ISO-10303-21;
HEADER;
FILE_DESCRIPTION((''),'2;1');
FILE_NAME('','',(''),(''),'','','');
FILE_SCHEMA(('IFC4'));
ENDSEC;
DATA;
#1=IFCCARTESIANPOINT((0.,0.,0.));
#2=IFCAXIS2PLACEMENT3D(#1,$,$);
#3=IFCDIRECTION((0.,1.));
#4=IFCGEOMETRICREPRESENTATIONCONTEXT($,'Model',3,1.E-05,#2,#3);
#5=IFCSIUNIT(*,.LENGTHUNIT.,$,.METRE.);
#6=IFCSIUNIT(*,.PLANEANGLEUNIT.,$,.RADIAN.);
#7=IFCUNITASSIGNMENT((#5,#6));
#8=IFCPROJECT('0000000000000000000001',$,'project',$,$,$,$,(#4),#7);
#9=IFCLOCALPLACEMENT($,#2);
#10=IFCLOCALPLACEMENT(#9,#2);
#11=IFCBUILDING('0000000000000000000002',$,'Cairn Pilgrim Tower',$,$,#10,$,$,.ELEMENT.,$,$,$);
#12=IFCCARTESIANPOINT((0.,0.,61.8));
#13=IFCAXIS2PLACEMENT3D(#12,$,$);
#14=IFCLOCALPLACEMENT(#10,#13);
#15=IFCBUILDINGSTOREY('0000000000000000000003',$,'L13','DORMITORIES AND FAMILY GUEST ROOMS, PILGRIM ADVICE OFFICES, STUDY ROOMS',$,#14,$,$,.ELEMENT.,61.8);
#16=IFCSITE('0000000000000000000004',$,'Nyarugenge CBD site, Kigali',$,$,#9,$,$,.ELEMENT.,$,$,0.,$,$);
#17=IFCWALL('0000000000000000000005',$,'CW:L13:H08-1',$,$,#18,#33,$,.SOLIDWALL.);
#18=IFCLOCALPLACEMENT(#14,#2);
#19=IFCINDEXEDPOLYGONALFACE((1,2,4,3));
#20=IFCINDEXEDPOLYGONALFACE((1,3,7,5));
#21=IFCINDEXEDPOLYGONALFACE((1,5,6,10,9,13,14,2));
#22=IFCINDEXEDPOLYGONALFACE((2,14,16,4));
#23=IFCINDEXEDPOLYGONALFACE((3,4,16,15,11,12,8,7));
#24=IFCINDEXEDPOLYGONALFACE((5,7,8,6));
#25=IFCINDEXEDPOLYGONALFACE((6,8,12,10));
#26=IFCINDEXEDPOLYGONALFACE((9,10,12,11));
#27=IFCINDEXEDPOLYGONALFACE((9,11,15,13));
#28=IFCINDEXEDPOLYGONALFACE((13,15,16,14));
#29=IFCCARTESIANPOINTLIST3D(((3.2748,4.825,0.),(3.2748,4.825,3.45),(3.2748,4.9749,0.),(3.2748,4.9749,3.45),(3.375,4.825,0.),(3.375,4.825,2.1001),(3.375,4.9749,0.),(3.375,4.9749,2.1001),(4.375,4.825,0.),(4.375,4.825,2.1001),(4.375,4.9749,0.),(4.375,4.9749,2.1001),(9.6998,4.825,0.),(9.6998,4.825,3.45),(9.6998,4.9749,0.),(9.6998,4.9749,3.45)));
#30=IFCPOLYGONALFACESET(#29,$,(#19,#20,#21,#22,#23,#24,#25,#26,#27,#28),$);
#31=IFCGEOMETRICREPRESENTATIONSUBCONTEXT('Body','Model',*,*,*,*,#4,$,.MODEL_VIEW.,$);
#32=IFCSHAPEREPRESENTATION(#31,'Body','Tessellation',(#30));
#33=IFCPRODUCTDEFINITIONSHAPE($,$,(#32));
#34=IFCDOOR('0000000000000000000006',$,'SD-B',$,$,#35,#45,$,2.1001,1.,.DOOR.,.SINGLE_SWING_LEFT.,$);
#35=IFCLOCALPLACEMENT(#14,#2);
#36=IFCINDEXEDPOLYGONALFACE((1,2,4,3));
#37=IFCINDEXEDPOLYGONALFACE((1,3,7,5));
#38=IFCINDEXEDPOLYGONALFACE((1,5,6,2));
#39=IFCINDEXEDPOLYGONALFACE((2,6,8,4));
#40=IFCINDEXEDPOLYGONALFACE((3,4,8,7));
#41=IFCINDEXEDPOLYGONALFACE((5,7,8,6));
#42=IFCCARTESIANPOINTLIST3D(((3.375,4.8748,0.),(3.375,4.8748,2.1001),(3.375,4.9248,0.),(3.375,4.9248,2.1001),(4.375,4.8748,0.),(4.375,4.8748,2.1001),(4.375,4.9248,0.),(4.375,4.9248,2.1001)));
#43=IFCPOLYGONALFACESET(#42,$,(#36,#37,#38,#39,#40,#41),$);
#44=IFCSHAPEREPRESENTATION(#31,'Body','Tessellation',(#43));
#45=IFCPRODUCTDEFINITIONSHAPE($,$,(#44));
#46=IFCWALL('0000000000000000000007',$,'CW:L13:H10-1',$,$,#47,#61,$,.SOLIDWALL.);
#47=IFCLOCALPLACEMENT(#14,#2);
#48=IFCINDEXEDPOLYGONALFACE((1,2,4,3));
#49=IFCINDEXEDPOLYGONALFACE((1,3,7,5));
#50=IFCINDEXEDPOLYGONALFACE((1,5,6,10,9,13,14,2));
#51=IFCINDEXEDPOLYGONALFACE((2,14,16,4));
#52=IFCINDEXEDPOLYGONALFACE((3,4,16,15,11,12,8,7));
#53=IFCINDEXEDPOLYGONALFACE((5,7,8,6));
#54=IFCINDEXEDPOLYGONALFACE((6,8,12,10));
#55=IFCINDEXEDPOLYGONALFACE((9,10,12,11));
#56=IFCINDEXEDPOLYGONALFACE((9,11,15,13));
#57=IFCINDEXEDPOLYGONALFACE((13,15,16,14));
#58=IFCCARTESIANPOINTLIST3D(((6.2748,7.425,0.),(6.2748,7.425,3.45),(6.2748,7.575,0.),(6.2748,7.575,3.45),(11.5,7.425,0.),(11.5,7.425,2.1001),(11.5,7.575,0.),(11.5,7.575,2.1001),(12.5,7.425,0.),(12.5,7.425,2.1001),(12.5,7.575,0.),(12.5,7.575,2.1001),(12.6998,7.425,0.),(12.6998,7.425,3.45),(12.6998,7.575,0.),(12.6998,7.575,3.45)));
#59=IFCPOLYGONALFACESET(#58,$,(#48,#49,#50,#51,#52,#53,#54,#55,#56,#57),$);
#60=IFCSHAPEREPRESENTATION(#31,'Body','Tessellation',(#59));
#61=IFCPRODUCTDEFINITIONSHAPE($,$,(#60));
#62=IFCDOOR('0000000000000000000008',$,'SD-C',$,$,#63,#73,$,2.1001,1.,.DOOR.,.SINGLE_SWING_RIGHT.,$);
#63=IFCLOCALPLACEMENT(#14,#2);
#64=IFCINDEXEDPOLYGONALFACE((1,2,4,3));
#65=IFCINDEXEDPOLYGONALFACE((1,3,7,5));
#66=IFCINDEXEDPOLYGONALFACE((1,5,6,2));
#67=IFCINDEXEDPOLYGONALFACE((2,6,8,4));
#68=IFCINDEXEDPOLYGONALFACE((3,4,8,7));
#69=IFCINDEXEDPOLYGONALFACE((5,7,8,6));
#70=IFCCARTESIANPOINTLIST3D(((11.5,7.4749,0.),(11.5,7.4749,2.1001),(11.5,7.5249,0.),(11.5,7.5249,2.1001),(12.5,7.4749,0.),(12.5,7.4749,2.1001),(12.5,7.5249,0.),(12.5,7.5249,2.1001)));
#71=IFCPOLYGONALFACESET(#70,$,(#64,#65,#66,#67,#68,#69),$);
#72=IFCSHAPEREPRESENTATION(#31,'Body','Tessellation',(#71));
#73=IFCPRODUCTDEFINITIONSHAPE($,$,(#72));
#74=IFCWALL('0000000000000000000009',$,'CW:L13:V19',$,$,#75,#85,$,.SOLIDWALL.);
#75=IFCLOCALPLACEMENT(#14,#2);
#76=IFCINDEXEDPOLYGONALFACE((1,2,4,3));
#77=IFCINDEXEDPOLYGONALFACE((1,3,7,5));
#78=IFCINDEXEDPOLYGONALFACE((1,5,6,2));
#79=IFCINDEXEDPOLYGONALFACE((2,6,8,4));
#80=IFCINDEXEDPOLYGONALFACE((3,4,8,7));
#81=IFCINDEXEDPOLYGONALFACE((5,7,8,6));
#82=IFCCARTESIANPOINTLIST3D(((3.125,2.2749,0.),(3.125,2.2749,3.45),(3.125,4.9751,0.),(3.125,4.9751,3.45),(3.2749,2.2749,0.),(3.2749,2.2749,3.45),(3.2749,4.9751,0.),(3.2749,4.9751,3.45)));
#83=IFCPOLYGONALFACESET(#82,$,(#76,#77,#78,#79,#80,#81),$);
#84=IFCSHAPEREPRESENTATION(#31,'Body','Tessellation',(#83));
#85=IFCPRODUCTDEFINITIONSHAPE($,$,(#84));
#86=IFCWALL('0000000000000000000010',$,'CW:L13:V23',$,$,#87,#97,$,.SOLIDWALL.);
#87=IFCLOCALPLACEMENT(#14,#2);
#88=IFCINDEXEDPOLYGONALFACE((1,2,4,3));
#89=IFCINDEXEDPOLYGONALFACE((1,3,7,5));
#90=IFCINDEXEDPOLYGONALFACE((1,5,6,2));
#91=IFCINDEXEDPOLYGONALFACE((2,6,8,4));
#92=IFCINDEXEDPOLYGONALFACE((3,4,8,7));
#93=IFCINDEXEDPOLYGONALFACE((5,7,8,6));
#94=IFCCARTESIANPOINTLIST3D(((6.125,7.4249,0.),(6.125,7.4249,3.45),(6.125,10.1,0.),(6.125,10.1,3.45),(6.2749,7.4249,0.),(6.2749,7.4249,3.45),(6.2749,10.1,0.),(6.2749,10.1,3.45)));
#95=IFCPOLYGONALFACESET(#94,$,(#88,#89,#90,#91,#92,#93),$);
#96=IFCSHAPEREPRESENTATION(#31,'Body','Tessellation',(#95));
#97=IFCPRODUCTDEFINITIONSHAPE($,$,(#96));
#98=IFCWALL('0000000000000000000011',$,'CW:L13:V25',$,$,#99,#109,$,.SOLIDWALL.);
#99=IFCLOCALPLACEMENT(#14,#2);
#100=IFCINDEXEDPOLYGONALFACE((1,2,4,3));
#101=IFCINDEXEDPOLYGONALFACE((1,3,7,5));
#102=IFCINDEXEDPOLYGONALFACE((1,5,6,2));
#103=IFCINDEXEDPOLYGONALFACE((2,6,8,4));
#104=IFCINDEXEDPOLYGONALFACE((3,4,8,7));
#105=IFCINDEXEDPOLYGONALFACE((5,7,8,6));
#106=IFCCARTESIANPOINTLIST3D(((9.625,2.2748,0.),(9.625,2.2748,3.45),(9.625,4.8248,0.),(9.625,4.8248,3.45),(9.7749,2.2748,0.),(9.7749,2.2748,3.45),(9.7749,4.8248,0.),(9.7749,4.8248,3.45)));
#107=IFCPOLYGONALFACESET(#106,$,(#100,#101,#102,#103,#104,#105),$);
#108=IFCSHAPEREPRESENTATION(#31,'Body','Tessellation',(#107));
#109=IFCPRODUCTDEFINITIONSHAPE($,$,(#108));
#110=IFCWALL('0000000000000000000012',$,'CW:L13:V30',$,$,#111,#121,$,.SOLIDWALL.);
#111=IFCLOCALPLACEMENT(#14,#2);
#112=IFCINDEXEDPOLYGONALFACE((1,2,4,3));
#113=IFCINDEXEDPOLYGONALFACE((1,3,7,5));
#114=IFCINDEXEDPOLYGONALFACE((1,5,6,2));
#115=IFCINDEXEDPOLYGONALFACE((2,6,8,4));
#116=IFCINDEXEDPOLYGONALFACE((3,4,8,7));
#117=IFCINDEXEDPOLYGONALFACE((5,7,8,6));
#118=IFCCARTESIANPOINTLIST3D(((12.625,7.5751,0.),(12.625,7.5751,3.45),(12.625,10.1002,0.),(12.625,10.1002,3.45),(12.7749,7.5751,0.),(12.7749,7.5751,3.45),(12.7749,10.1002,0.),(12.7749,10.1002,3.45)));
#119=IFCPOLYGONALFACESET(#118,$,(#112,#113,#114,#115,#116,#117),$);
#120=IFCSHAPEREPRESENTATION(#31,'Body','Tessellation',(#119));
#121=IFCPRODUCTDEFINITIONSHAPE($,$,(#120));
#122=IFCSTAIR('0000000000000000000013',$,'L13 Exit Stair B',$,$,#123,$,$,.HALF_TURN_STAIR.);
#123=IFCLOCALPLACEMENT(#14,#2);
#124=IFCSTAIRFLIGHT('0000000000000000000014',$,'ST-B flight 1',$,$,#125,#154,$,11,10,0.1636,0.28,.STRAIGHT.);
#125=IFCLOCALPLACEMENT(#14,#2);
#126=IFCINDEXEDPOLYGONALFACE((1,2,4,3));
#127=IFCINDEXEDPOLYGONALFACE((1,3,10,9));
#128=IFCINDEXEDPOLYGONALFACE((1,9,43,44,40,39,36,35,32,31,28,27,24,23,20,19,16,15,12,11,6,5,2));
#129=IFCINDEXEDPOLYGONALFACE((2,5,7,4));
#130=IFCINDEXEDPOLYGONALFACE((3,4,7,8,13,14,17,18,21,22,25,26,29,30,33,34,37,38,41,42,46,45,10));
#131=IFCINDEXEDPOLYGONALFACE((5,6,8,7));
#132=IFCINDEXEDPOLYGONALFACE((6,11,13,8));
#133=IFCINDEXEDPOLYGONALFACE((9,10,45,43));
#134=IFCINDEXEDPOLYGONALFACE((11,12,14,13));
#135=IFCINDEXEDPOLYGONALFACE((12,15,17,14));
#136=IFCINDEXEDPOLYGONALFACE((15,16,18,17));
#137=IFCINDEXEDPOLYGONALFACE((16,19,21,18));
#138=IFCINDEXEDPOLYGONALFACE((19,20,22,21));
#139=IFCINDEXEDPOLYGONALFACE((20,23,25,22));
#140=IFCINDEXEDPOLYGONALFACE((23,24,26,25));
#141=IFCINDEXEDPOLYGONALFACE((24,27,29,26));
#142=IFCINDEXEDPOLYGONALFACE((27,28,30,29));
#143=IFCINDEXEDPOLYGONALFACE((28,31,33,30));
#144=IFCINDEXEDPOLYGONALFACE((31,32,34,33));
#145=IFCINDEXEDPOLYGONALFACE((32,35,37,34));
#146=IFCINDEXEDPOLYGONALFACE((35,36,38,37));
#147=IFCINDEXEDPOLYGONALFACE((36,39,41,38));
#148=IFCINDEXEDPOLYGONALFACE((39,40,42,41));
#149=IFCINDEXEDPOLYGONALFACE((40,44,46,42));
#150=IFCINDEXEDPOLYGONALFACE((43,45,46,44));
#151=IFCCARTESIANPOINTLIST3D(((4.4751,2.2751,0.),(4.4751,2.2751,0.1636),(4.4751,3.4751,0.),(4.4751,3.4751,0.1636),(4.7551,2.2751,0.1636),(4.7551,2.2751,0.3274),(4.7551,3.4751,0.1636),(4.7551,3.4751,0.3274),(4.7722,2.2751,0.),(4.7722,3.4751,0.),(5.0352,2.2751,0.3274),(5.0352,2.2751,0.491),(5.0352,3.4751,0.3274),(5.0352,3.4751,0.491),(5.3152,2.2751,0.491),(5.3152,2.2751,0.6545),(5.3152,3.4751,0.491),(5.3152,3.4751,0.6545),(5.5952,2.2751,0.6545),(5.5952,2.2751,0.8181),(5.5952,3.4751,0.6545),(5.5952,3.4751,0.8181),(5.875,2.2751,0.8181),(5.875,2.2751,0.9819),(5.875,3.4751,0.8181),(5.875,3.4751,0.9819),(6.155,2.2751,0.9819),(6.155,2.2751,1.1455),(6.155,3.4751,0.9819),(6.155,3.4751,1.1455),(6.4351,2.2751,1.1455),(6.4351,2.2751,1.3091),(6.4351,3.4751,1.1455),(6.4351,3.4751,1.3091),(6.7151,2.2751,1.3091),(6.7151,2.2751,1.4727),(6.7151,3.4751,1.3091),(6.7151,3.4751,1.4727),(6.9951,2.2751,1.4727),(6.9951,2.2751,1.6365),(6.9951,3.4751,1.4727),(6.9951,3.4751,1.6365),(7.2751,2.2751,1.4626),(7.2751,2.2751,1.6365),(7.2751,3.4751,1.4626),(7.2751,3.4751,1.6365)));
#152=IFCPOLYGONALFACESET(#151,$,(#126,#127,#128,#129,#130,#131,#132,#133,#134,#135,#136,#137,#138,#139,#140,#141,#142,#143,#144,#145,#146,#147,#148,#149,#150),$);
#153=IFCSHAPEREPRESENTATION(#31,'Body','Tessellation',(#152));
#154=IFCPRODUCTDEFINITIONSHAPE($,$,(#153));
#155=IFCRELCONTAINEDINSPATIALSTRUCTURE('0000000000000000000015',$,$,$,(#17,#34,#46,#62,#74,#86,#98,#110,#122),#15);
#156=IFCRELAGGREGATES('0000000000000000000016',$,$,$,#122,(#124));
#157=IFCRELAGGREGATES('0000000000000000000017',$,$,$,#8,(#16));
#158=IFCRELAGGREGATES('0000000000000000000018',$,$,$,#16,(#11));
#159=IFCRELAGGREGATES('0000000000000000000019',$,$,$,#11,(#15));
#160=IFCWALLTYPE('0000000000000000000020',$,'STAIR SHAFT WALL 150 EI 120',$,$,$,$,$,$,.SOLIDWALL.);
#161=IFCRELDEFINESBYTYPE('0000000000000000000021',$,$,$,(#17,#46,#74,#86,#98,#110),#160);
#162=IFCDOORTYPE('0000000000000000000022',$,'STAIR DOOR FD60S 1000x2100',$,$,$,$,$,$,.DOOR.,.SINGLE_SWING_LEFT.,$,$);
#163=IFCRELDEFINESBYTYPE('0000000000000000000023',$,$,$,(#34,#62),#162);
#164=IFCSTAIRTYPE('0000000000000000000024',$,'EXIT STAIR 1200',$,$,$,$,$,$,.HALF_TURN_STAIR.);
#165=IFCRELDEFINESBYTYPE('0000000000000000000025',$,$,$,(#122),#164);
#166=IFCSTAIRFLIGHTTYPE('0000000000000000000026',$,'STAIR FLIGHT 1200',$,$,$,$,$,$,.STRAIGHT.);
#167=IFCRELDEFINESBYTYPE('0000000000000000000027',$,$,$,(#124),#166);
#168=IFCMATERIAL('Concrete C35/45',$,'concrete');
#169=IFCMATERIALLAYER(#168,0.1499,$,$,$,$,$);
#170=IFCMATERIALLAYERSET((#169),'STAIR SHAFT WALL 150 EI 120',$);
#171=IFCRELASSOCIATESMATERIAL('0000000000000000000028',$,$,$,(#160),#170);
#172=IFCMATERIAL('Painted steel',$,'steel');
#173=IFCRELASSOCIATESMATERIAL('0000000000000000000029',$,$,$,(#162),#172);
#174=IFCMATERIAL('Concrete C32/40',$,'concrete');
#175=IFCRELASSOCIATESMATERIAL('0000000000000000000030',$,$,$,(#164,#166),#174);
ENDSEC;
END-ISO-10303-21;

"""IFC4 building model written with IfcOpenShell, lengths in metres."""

from ifc_helpers import new_model, si_unit, direction, frame, frame_2d, origin, place, context, subcontext, project, spatial, polyline, rectangle, outline, extrude, material, layer, layer_set, type_object, element, fill, aggregate, save


model = new_model("IFC4")

# Units and contexts
model_context = context("Model", 3, precision=1e-05, world=origin(), true_north=direction((0.0, 1.0)))
body_context = subcontext(model_context, "Body", "Model", "MODEL_VIEW")
ifc_project = project(units=[si_unit("LENGTHUNIT", "METRE"), si_unit("PLANEANGLEUNIT", "RADIAN")], contexts=[model_context])

# Site, building, storey
site_placement = place(None, origin())
site = spatial("IfcSite", under=ifc_project, at=site_placement, Name="Nyarugenge CBD site, Kigali", CompositionType="ELEMENT", RefElevation=0.0)
building_placement = place(site_placement, origin())
building = spatial("IfcBuilding", under=site, at=building_placement, Name="Cairn Pilgrim Tower", CompositionType="ELEMENT")
storey_placement = place(building_placement, frame((0.0, 0.0, 61.8)))
storey = spatial("IfcBuildingStorey", under=building, at=storey_placement, Name="L13", Description="DORMITORIES AND FAMILY GUEST ROOMS, PILGRIM ADVICE OFFICES, STUDY ROOMS", CompositionType="ELEMENT", Elevation=61.8)

# Shared definitions
ifc_material_1 = material(Name="Concrete C32/40", Category="concrete")

# Shared definitions
ifc_material_2 = material(Name="Painted steel", Category="steel")

# Shared definitions
ifc_material_3 = material(Name="Concrete C35/45", Category="concrete")
ifc_layer_1 = layer(ifc_material_3, 0.1499)
ifc_layer_set_1 = layer_set([ifc_layer_1], Name="STAIR SHAFT WALL 150 EI 120")
wall_type_1 = type_object("IfcWallType", Name="STAIR SHAFT WALL 150 EI 120", PredefinedType="SOLIDWALL", material=ifc_layer_set_1)

# Walls, openings, doors
wall_1_placement = place(storey_placement, frame((3.2749, 4.8999, 0.0), z_axis=(0.0, 0.0, 1.0), x_axis=(1.0, 0.0, 0.0)))
wall_1 = element("IfcWall", 1, at=wall_1_placement, inside=storey, type_object=wall_type_1, Name="CW:L13:H08-1", PredefinedType="SOLIDWALL", context=body_context, shape_type="SweptSolid", body=[
    extrude(rectangle(XDim=6.425, YDim=0.1499, at=frame_2d((3.2124, 0.0))), origin(), (0.0, 0.0, 1.0), 3.45),
])
opening_1_placement = place(wall_1_placement, frame((0.1001, 0.0, 0.0)))
opening_1 = element("IfcOpeningElement", 2, at=opening_1_placement, cuts=wall_1, PredefinedType="OPENING", context=body_context, shape_type="SweptSolid", body=[
    extrude(rectangle(XDim=1.0, YDim=2.1001, at=frame_2d((0.5, 1.05))), frame((0.0, 0.085, 0.0), z_axis=(0.0, -1.0, 0.0), x_axis=(1.0, 0.0, 0.0)), (0.0, 0.0, 1.0), 0.1699),
])
door_type_1 = type_object("IfcDoorType", Name="STAIR DOOR FD60S 1000x2100", OperationType="SINGLE_SWING_LEFT", PredefinedType="DOOR", material=ifc_material_2)
door_1_placement = place(opening_1_placement, origin())
door_1 = element("IfcDoor", 3, at=door_1_placement, inside=storey, type_object=door_type_1, Name="SD-B", OperationType="SINGLE_SWING_LEFT", OverallHeight=2.1001, OverallWidth=1.0, PredefinedType="DOOR", context=body_context, shape_type="SweptSolid", body=[
    extrude(rectangle(XDim=1.0, YDim=2.1001, at=frame_2d((0.5, 1.05))), frame((0.0, 0.0249, 0.0), z_axis=(0.0, -1.0, 0.0), x_axis=(1.0, 0.0, 0.0)), (0.0, 0.0, 1.0), 0.05),
])
fill(opening_1, door_1)
wall_2_placement = place(storey_placement, frame((6.2749, 7.5, 0.0), z_axis=(0.0, 0.0, 1.0), x_axis=(1.0, 0.0, 0.0)))
wall_2 = element("IfcWall", 4, at=wall_2_placement, inside=storey, type_object=wall_type_1, Name="CW:L13:H10-1", PredefinedType="SOLIDWALL", context=body_context, shape_type="SweptSolid", body=[
    extrude(rectangle(XDim=6.425, YDim=0.1499, at=frame_2d((3.2124, 0.0))), origin(), (0.0, 0.0, 1.0), 3.45),
])
opening_2_placement = place(wall_2_placement, frame((5.2251, 0.0, 0.0)))
opening_2 = element("IfcOpeningElement", 5, at=opening_2_placement, cuts=wall_2, PredefinedType="OPENING", context=body_context, shape_type="SweptSolid", body=[
    extrude(rectangle(XDim=1.0, YDim=2.1001, at=frame_2d((0.5, 1.05))), frame((0.0, 0.085, 0.0), z_axis=(0.0, -1.0, 0.0), x_axis=(1.0, 0.0, 0.0)), (0.0, 0.0, 1.0), 0.1699),
])
door_2_placement = place(opening_2_placement, origin())
door_2 = element("IfcDoor", 6, at=door_2_placement, inside=storey, type_object=door_type_1, Name="SD-C", OperationType="SINGLE_SWING_RIGHT", OverallHeight=2.1001, OverallWidth=1.0, PredefinedType="DOOR", context=body_context, shape_type="SweptSolid", body=[
    extrude(rectangle(XDim=1.0, YDim=2.1001, at=frame_2d((0.5, 1.05))), frame((0.0, 0.0249, 0.0), z_axis=(0.0, -1.0, 0.0), x_axis=(1.0, 0.0, 0.0)), (0.0, 0.0, 1.0), 0.05),
])
fill(opening_2, door_2)

# Walls
wall_3_placement = place(storey_placement, frame((3.2, 2.2749, 0.0), z_axis=(0.0, 0.0, 1.0), x_axis=(0.0, 1.0, 0.0)))
element("IfcWall", 7, at=wall_3_placement, inside=storey, type_object=wall_type_1, Name="CW:L13:V19", PredefinedType="SOLIDWALL", context=body_context, shape_type="SweptSolid", body=[
    extrude(rectangle(XDim=2.7002, YDim=0.1499, at=frame_2d((1.3501, 0.0))), origin(), (0.0, 0.0, 1.0), 3.45),
])
wall_4_placement = place(storey_placement, frame((6.2, 7.425, 0.0), z_axis=(0.0, 0.0, 1.0), x_axis=(0.0, 1.0, 0.0)))
element("IfcWall", 8, at=wall_4_placement, inside=storey, type_object=wall_type_1, Name="CW:L13:V23", PredefinedType="SOLIDWALL", context=body_context, shape_type="SweptSolid", body=[
    extrude(rectangle(XDim=2.675, YDim=0.1499, at=frame_2d((1.3374, 0.0))), origin(), (0.0, 0.0, 1.0), 3.45),
])
wall_5_placement = place(storey_placement, frame((9.7, 2.2749, 0.0), z_axis=(0.0, 0.0, 1.0), x_axis=(0.0, 1.0, 0.0)))
element("IfcWall", 9, at=wall_5_placement, inside=storey, type_object=wall_type_1, Name="CW:L13:V25", PredefinedType="SOLIDWALL", context=body_context, shape_type="SweptSolid", body=[
    extrude(rectangle(XDim=2.55, YDim=0.1499, at=frame_2d((1.2749, 0.0))), origin(), (0.0, 0.0, 1.0), 3.45),
])
wall_6_placement = place(storey_placement, frame((12.7, 7.575, 0.0), z_axis=(0.0, 0.0, 1.0), x_axis=(0.0, 1.0, 0.0)))
element("IfcWall", 10, at=wall_6_placement, inside=storey, type_object=wall_type_1, Name="CW:L13:V30", PredefinedType="SOLIDWALL", context=body_context, shape_type="SweptSolid", body=[
    extrude(rectangle(XDim=2.5251, YDim=0.1499, at=frame_2d((1.2627, 0.0))), origin(), (0.0, 0.0, 1.0), 3.45),
])

# Stair, stair flight
stair_type = type_object("IfcStairType", Name="EXIT STAIR 1200", PredefinedType="HALF_TURN_STAIR", material=ifc_material_1)
stair_1_placement = place(storey_placement, origin())
stair_1 = element("IfcStair", 11, at=stair_1_placement, inside=storey, type_object=stair_type, Name="L13 Exit Stair B", PredefinedType="HALF_TURN_STAIR")
stair_flight_type = type_object("IfcStairFlightType", Name="STAIR FLIGHT 1200", PredefinedType="STRAIGHT", material=ifc_material_1)
stair_flight_1_placement = place(storey_placement, frame((4.4751, 2.875, 0.0), z_axis=(0.0, 0.0, 1.0), x_axis=(1.0, 0.0, 0.0)))
stair_flight_1 = element("IfcStairFlight", 12, at=stair_flight_1_placement, type_object=stair_flight_type, Name="ST-B flight 1", NumberOfRisers=11, NumberOfTreads=10, PredefinedType="STRAIGHT", RiserHeight=0.1636, TreadLength=0.28, context=body_context, shape_type="SweptSolid", body=[
    extrude(outline(polyline([(0.0, 0.0), (0.0, 0.1636), (0.28, 0.1636), (0.28, 0.3274), (0.5601, 0.3274), (0.5601, 0.491), (0.8401, 0.491), (0.8401, 0.6545), (1.1201, 0.6545), (1.1201, 0.8181), (1.3999, 0.8181), (1.3999, 0.9819), (1.6799, 0.9819), (1.6799, 1.1455), (1.96, 1.1455), (1.96, 1.3091), (2.24, 1.3091), (2.24, 1.4727), (2.52, 1.4727), (2.52, 1.6365), (2.8, 1.6365), (2.8, 1.8), (2.8, 1.4626), (0.2971, 0.0), (0.0, 0.0)])), frame((0.0, 0.6001, 0.0), z_axis=(0.0, -1.0, 0.0), x_axis=(1.0, 0.0, 0.0)), (0.0, 0.0, 1.0), 1.2),
])
aggregate(stair_1, [stair_flight_1])

save(model, "model.ifc")
